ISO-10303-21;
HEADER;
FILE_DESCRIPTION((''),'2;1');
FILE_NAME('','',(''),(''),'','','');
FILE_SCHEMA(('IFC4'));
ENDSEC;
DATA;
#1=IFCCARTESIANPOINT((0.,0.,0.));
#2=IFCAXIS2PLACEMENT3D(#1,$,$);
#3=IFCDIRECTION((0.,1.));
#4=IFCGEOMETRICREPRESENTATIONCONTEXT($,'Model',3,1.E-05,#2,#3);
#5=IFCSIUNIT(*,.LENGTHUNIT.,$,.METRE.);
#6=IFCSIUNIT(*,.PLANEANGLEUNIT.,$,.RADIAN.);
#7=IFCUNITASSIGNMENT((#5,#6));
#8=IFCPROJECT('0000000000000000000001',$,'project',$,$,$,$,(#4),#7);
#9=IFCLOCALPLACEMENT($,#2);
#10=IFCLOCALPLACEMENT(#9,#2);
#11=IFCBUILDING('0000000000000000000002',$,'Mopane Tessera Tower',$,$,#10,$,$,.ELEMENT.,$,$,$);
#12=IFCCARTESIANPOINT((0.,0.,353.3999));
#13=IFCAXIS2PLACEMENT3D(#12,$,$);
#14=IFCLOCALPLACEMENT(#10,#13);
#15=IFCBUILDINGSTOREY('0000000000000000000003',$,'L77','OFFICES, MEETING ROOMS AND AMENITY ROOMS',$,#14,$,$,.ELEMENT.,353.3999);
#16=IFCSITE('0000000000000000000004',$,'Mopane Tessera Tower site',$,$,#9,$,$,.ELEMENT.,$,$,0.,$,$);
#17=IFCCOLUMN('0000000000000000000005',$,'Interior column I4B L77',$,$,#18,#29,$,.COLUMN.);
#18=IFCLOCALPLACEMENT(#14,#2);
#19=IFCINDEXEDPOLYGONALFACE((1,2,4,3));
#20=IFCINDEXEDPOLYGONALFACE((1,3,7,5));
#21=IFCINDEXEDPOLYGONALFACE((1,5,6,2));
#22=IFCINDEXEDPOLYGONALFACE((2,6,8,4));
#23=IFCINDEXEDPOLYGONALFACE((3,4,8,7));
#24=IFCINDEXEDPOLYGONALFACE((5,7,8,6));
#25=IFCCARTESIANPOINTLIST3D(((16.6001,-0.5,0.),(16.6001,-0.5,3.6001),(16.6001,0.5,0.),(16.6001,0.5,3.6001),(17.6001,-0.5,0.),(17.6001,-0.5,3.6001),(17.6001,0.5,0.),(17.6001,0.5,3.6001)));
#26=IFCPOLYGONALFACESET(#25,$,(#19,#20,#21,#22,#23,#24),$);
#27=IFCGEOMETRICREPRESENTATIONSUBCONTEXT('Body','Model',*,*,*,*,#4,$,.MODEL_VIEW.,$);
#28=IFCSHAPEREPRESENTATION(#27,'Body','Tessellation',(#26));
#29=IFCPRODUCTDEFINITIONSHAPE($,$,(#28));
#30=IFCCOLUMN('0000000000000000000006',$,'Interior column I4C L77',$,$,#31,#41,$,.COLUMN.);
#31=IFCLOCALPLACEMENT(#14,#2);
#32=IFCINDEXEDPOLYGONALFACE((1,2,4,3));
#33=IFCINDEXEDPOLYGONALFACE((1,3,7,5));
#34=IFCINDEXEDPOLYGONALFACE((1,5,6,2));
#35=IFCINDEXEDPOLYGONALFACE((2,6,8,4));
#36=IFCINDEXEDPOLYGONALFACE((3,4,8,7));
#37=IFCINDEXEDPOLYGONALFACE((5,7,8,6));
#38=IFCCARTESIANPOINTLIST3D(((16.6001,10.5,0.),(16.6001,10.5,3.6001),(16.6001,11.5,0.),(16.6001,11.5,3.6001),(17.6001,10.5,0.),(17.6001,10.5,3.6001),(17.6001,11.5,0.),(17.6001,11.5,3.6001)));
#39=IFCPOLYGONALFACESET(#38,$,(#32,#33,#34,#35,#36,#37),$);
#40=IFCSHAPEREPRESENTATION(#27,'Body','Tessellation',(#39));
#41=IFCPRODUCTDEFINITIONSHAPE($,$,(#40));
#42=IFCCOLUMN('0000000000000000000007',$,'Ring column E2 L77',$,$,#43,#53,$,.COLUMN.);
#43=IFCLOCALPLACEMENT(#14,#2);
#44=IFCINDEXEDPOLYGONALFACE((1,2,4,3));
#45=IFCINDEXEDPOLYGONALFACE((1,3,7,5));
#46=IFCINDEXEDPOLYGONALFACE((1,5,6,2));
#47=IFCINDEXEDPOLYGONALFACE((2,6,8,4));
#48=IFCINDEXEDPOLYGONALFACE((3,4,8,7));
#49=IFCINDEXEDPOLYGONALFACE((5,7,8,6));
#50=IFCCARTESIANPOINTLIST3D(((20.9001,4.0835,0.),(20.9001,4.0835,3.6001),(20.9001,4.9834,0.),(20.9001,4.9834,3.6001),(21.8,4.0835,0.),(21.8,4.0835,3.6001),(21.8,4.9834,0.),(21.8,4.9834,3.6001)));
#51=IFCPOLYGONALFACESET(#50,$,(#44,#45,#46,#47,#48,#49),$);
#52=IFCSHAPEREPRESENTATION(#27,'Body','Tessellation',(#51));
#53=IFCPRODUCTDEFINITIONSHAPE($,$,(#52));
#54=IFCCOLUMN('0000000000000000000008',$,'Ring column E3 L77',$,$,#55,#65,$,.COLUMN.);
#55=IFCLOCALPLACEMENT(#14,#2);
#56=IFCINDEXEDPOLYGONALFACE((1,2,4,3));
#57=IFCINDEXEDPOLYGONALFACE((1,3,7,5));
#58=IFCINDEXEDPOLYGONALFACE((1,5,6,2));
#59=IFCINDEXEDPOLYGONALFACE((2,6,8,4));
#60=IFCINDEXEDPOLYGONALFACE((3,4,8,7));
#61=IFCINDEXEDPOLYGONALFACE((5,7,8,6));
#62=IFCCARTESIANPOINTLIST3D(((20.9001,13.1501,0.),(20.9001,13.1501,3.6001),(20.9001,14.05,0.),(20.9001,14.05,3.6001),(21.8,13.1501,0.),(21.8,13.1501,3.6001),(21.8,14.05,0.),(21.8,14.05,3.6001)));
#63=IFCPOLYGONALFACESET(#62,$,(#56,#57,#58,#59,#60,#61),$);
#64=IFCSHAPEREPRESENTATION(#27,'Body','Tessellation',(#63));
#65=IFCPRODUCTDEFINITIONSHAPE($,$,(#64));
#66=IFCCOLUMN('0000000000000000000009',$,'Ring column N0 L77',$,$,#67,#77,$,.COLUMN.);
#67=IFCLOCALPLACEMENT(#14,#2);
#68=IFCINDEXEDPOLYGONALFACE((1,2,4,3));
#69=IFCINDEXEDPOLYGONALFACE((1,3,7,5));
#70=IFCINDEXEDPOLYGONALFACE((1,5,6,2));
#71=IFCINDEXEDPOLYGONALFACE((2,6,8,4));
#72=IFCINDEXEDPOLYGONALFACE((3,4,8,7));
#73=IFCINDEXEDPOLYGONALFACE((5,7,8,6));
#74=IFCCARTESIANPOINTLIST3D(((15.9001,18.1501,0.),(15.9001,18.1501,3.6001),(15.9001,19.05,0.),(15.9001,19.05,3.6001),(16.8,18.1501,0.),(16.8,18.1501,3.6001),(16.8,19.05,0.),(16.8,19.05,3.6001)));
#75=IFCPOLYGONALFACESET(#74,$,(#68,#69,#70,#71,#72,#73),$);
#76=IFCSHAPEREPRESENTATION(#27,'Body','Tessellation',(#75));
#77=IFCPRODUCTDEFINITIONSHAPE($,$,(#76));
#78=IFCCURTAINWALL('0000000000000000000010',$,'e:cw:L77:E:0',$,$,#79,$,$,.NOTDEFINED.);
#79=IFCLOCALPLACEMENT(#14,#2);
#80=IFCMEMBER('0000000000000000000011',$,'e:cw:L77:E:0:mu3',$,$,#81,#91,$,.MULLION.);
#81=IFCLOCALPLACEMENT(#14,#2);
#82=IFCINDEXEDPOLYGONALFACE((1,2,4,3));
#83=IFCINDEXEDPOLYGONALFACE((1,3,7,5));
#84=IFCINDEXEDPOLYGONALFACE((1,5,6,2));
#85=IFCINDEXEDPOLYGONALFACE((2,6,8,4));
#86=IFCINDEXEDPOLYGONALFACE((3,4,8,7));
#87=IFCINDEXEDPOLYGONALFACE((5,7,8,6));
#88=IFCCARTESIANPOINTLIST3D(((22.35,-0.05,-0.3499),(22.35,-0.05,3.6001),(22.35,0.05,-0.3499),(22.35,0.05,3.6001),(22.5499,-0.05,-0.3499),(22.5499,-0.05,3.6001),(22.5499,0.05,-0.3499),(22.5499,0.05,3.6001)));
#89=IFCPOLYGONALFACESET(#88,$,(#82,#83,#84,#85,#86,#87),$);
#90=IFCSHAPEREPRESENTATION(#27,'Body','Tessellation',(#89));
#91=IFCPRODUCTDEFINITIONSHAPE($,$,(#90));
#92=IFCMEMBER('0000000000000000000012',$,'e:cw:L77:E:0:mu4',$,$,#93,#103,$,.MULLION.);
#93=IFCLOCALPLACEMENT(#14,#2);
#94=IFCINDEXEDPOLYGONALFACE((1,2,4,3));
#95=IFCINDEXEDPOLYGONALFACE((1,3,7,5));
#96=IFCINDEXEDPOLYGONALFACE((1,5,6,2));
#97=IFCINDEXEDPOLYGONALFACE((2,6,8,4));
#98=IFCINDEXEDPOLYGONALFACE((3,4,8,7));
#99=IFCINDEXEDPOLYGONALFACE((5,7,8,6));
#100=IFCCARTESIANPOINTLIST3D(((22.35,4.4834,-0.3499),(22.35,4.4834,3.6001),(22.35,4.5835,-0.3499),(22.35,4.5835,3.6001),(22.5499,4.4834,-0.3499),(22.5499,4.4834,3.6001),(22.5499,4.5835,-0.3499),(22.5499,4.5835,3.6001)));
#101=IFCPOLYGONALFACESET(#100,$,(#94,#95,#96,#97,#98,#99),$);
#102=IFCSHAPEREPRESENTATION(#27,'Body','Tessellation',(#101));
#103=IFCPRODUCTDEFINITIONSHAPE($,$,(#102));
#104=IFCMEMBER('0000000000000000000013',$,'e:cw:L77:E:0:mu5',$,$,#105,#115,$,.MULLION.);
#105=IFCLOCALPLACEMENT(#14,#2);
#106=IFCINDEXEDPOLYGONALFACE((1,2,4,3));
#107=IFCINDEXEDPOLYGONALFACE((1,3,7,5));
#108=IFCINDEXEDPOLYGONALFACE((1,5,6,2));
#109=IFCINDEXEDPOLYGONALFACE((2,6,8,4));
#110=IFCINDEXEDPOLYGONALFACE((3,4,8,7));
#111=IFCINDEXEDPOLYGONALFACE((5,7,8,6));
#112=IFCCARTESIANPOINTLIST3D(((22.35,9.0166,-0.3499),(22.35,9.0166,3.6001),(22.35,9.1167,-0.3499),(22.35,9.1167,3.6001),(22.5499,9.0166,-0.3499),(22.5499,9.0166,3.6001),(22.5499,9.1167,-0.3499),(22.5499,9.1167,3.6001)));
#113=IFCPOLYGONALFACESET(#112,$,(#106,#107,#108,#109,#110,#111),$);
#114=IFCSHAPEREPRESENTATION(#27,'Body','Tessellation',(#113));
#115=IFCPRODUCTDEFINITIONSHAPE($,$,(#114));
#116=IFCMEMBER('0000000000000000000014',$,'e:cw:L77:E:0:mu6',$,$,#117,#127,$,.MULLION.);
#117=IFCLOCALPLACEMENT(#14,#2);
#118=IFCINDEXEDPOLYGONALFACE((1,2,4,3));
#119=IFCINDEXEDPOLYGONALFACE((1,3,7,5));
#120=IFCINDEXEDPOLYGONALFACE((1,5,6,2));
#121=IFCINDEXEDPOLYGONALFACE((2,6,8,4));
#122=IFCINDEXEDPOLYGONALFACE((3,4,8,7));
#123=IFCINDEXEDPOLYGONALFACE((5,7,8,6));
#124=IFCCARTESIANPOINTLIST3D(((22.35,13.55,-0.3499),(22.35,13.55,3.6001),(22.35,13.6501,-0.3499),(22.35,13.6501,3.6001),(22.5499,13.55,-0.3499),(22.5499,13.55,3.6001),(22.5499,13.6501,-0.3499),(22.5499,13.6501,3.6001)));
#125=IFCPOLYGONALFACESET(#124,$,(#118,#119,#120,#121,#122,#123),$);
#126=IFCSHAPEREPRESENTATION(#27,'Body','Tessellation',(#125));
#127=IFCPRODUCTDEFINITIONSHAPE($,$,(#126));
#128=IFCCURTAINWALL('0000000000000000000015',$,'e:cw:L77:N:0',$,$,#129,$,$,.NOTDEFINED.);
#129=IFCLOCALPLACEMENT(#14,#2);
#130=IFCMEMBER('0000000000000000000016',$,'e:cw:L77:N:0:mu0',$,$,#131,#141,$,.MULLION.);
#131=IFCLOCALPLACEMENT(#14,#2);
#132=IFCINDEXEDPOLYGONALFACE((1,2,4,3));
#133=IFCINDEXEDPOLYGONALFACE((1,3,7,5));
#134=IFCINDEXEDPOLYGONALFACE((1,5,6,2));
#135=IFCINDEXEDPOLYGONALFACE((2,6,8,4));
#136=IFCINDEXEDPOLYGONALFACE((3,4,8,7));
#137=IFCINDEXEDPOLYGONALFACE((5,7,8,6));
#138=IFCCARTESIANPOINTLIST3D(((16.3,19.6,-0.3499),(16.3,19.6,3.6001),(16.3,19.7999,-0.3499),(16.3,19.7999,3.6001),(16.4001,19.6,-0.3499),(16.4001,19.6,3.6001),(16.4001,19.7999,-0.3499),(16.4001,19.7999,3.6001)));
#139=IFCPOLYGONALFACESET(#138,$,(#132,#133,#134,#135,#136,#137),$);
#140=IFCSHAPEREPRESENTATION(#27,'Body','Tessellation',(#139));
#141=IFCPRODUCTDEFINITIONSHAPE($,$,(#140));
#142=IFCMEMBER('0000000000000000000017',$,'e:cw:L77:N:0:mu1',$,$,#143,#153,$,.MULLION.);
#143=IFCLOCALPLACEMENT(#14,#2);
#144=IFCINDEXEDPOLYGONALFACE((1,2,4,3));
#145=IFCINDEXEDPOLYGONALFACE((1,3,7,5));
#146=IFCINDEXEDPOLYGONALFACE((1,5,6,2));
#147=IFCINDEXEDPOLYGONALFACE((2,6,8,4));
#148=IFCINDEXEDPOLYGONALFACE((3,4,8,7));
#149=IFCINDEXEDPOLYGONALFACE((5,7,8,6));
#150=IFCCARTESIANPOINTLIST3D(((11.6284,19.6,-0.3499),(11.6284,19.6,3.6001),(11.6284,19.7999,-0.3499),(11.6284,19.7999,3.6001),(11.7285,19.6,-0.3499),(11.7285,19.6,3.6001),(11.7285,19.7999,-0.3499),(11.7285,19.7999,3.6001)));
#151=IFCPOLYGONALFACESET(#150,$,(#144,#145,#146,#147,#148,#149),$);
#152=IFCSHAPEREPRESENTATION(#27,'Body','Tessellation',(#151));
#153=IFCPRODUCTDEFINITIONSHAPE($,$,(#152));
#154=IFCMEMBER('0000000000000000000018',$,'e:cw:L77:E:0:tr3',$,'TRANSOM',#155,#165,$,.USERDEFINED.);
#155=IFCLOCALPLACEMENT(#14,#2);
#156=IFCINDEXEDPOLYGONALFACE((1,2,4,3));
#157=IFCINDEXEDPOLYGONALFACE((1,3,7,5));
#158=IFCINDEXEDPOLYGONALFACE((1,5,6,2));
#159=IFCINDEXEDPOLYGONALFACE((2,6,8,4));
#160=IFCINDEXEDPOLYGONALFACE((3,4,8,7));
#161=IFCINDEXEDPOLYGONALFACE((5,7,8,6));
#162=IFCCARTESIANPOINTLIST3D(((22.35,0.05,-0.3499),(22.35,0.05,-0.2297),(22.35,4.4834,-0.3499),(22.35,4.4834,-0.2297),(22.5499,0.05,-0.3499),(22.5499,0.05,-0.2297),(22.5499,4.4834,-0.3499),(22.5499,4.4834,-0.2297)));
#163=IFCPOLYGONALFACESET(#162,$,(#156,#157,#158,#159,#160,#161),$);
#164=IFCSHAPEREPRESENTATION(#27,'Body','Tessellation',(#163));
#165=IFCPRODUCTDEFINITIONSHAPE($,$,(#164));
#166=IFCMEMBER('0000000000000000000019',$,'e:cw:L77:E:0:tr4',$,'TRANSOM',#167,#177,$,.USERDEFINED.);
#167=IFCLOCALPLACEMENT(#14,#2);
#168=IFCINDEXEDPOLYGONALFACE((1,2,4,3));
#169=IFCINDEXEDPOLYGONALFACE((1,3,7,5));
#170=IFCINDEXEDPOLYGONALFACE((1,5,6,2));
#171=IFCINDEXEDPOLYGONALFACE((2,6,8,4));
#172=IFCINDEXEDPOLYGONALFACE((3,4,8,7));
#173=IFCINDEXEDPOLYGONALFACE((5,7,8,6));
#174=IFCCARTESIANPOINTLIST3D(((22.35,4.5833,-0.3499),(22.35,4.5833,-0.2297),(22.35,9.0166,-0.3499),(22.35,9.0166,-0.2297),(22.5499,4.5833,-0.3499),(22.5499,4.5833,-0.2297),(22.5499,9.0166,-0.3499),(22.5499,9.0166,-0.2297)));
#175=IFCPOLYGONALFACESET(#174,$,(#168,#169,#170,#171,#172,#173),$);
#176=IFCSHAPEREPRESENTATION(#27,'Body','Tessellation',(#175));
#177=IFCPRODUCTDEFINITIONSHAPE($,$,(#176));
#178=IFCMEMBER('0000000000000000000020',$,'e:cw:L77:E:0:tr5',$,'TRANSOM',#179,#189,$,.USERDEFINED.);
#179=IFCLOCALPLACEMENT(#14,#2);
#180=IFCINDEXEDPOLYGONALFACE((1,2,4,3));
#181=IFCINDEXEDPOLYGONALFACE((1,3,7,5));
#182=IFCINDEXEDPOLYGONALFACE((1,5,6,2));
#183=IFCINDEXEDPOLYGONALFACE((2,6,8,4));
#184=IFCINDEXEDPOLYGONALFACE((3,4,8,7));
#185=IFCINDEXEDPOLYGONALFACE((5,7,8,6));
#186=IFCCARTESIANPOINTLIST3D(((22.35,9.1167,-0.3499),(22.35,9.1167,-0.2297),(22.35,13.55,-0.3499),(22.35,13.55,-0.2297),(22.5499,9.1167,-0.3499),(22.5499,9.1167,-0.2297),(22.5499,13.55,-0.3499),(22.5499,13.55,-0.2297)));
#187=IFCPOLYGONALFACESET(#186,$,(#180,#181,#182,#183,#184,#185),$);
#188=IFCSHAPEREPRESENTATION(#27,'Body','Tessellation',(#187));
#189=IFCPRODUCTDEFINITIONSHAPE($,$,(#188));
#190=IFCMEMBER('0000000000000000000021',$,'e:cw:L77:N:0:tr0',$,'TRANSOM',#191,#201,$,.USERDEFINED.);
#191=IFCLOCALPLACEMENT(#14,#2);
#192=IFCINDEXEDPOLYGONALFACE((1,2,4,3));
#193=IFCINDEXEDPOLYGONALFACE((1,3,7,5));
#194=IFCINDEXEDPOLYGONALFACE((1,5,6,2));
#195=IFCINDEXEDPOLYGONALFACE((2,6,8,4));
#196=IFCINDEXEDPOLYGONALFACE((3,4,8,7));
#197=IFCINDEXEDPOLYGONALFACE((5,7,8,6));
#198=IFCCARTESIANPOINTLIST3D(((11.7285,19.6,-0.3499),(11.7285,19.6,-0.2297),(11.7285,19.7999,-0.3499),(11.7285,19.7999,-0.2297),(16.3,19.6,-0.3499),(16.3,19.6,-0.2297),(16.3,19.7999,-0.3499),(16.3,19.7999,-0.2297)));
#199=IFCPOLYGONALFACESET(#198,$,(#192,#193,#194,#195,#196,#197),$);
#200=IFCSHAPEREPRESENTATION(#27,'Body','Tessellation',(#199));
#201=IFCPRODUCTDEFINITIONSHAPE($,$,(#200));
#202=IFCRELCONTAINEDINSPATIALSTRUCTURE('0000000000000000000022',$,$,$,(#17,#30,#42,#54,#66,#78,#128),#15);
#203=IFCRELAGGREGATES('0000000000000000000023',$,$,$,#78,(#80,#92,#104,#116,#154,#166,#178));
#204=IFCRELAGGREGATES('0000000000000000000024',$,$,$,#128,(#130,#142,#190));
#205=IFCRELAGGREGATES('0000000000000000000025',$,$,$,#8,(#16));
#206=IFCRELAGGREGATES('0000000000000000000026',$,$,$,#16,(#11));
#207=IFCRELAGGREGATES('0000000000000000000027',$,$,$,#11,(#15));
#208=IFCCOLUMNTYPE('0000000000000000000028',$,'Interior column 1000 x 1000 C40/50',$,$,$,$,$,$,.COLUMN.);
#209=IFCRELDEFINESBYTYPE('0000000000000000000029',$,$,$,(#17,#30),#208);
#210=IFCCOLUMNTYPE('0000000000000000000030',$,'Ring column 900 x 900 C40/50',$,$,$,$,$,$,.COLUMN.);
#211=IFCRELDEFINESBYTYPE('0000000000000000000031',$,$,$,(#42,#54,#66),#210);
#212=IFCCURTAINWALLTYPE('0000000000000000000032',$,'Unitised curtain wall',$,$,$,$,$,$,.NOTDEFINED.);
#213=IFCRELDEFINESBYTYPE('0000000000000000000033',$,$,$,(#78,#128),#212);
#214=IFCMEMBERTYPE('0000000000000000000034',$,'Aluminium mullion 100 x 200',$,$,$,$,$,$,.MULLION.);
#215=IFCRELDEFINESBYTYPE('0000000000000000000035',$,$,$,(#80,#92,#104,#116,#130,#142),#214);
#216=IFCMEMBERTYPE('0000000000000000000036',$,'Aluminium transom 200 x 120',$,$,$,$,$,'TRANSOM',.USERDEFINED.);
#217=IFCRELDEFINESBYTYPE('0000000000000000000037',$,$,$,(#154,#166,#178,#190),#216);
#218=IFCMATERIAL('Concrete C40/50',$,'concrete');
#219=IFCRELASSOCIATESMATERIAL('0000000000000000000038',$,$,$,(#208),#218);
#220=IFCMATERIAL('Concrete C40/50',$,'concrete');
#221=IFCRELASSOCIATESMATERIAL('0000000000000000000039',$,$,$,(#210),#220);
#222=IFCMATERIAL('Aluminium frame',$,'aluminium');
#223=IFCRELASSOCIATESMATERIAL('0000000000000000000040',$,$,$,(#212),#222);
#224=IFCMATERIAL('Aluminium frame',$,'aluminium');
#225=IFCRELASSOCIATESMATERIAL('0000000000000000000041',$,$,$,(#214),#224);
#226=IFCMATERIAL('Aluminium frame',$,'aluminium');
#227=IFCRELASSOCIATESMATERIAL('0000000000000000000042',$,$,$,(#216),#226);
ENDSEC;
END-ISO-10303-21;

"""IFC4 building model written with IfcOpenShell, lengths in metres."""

from ifc_helpers import new_model, si_unit, direction, frame, origin, origin_2d, place, context, subcontext, project, spatial, rectangle, extrude, material, material_profile, profile_set, type_object, element, aggregate, save


model = new_model("IFC4")

# Units and contexts
model_context = context("Model", 3, precision=1e-05, world=origin(), true_north=direction((0.0, 1.0)))
body_context = subcontext(model_context, "Body", "Model", "MODEL_VIEW")
ifc_project = project(units=[si_unit("LENGTHUNIT", "METRE"), si_unit("PLANEANGLEUNIT", "RADIAN")], contexts=[model_context])

# Site, building, storey
site_placement = place(None, origin())
site = spatial("IfcSite", under=ifc_project, at=site_placement, Name="Mopane Tessera Tower site", CompositionType="ELEMENT", RefElevation=0.0)
building_placement = place(site_placement, origin())
building = spatial("IfcBuilding", under=site, at=building_placement, Name="Mopane Tessera Tower", CompositionType="ELEMENT")
storey_placement = place(building_placement, frame((0.0, 0.0, 353.3999)))
storey = spatial("IfcBuildingStorey", under=building, at=storey_placement, Name="L77", Description="OFFICES, MEETING ROOMS AND AMENITY ROOMS", CompositionType="ELEMENT", Elevation=353.3999)

# Columns
ifc_material_1 = material(Name="Concrete C40/50", Category="concrete")
ifc_material_profile_1 = material_profile(ifc_material_1, rectangle(XDim=1.0, YDim=1.0, at=origin_2d()))
ifc_profile_set_1 = profile_set([ifc_material_profile_1], Name="Concrete C40/50")
column_type_1 = type_object("IfcColumnType", Name="Interior column 1000 x 1000 C40/50", PredefinedType="COLUMN", material=ifc_profile_set_1)
for number, where, z_axis, x_axis, name in (
    (1, (17.1001, 0.0, 0.0), (0.0, 0.0, 1.0), (1.0, 0.0, 0.0), "Interior column I4B L77"),
    (2, (17.1001, 11.0, 0.0), (0.0, 0.0, 1.0), (1.0, 0.0, 0.0), "Interior column I4C L77"),
):
    element("IfcColumn", number, at=place(storey_placement, frame(where, z_axis=z_axis, x_axis=x_axis)), inside=storey, type_object=column_type_1, Name=name, PredefinedType="COLUMN", context=body_context, shape_type="SweptSolid", body=[
        extrude(rectangle(XDim=1.0, YDim=1.0, at=origin_2d()), origin(), (0.0, 0.0, 1.0), 3.6001),
    ])
ifc_material_2 = material(Name="Concrete C40/50", Category="concrete")
ifc_material_profile_2 = material_profile(ifc_material_2, rectangle(XDim=0.8999, YDim=0.8999, at=origin_2d()))
ifc_profile_set_2 = profile_set([ifc_material_profile_2], Name="Concrete C40/50")
column_type_2 = type_object("IfcColumnType", Name="Ring column 900 x 900 C40/50", PredefinedType="COLUMN", material=ifc_profile_set_2)
for number, where, z_axis, x_axis, name in (
    (3, (21.3501, 4.5334, 0.0), (0.0, 0.0, 1.0), (1.0, 0.0, 0.0), "Ring column E2 L77"),
    (4, (21.3501, 13.6001, 0.0), (0.0, 0.0, 1.0), (1.0, 0.0, 0.0), "Ring column E3 L77"),
    (5, (16.3501, 18.6001, 0.0), (0.0, 0.0, 1.0), (1.0, 0.0, 0.0), "Ring column N0 L77"),
):
    element("IfcColumn", number, at=place(storey_placement, frame(where, z_axis=z_axis, x_axis=x_axis)), inside=storey, type_object=column_type_2, Name=name, PredefinedType="COLUMN", context=body_context, shape_type="SweptSolid", body=[
        extrude(rectangle(XDim=0.8999, YDim=0.8999, at=origin_2d()), origin(), (0.0, 0.0, 1.0), 3.6001),
    ])

# Curtain walls, members
ifc_material_3 = material(Name="Aluminium frame", Category="aluminium")
curtain_wall_type = type_object("IfcCurtainWallType", Name="Unitised curtain wall", PredefinedType="NOTDEFINED", material=ifc_material_3)
curtain_wall_1_placement = place(storey_placement, origin())
curtain_wall_1 = element("IfcCurtainWall", 6, at=curtain_wall_1_placement, inside=storey, type_object=curtain_wall_type, Name="e:cw:L77:E:0", PredefinedType="NOTDEFINED")
ifc_material_4 = material(Name="Aluminium frame", Category="aluminium")
ifc_material_profile_3 = material_profile(ifc_material_4, rectangle(XDim=0.1001, YDim=0.2, at=origin_2d()))
ifc_profile_set_3 = profile_set([ifc_material_profile_3], Name="Aluminium frame")
member_type_1 = type_object("IfcMemberType", Name="Aluminium mullion 100 x 200", PredefinedType="MULLION", material=ifc_profile_set_3)
member_1_placement = place(storey_placement, frame((22.45, 0.0, -0.3499), z_axis=(0.0, 0.0, 1.0), x_axis=(0.0, 1.0, 0.0)))
member_1 = element("IfcMember", 7, at=member_1_placement, type_object=member_type_1, Name="e:cw:L77:E:0:mu3", PredefinedType="MULLION", context=body_context, shape_type="SweptSolid", body=[
    extrude(rectangle(XDim=0.1001, YDim=0.2, at=origin_2d()), origin(), (0.0, 0.0, 1.0), 3.95),
])
member_2_placement = place(storey_placement, frame((22.45, 4.5334, -0.3499), z_axis=(0.0, 0.0, 1.0), x_axis=(0.0, 1.0, 0.0)))
member_2 = element("IfcMember", 8, at=member_2_placement, type_object=member_type_1, Name="e:cw:L77:E:0:mu4", PredefinedType="MULLION", context=body_context, shape_type="SweptSolid", body=[
    extrude(rectangle(XDim=0.1001, YDim=0.2, at=origin_2d()), origin(), (0.0, 0.0, 1.0), 3.95),
])
member_3_placement = place(storey_placement, frame((22.45, 9.0667, -0.3499), z_axis=(0.0, 0.0, 1.0), x_axis=(0.0, 1.0, 0.0)))
member_3 = element("IfcMember", 9, at=member_3_placement, type_object=member_type_1, Name="e:cw:L77:E:0:mu5", PredefinedType="MULLION", context=body_context, shape_type="SweptSolid", body=[
    extrude(rectangle(XDim=0.1001, YDim=0.2, at=origin_2d()), origin(), (0.0, 0.0, 1.0), 3.95),
])
member_4_placement = place(storey_placement, frame((22.45, 13.6001, -0.3499), z_axis=(0.0, 0.0, 1.0), x_axis=(0.0, 1.0, 0.0)))
member_4 = element("IfcMember", 10, at=member_4_placement, type_object=member_type_1, Name="e:cw:L77:E:0:mu6", PredefinedType="MULLION", context=body_context, shape_type="SweptSolid", body=[
    extrude(rectangle(XDim=0.1001, YDim=0.2, at=origin_2d()), origin(), (0.0, 0.0, 1.0), 3.95),
])
curtain_wall_2_placement = place(storey_placement, origin())
curtain_wall_2 = element("IfcCurtainWall", 11, at=curtain_wall_2_placement, inside=storey, type_object=curtain_wall_type, Name="e:cw:L77:N:0", PredefinedType="NOTDEFINED")
member_5_placement = place(storey_placement, frame((16.3501, 19.7, -0.3499), z_axis=(0.0, 0.0, 1.0), x_axis=(-1.0, 0.0, 0.0)))
member_5 = element("IfcMember", 12, at=member_5_placement, type_object=member_type_1, Name="e:cw:L77:N:0:mu0", PredefinedType="MULLION", context=body_context, shape_type="SweptSolid", body=[
    extrude(rectangle(XDim=0.1001, YDim=0.2, at=origin_2d()), origin(), (0.0, 0.0, 1.0), 3.95),
])
member_6_placement = place(storey_placement, frame((11.6785, 19.7, -0.3499), z_axis=(0.0, 0.0, 1.0), x_axis=(-1.0, 0.0, 0.0)))
member_6 = element("IfcMember", 13, at=member_6_placement, type_object=member_type_1, Name="e:cw:L77:N:0:mu1", PredefinedType="MULLION", context=body_context, shape_type="SweptSolid", body=[
    extrude(rectangle(XDim=0.1001, YDim=0.2, at=origin_2d()), origin(), (0.0, 0.0, 1.0), 3.95),
])

# Members
ifc_material_5 = material(Name="Aluminium frame", Category="aluminium")
ifc_material_profile_4 = material_profile(ifc_material_5, rectangle(XDim=0.2, YDim=0.1201, at=origin_2d()))
ifc_profile_set_4 = profile_set([ifc_material_profile_4], Name="Aluminium frame")
member_type_2 = type_object("IfcMemberType", Name="Aluminium transom 200 x 120", ElementType="TRANSOM", PredefinedType="USERDEFINED", material=ifc_profile_set_4)
member_7_placement = place(storey_placement, frame((22.45, 0.05, -0.2898), z_axis=(0.0, 1.0, 0.0), x_axis=(-1.0, 0.0, 0.0)))
member_7 = element("IfcMember", 14, at=member_7_placement, type_object=member_type_2, Name="e:cw:L77:E:0:tr3", ObjectType="TRANSOM", PredefinedType="USERDEFINED", context=body_context, shape_type="SweptSolid", body=[
    extrude(rectangle(XDim=0.2, YDim=0.1201, at=origin_2d()), origin(), (0.0, 0.0, 1.0), 4.4333),
])
member_8_placement = place(storey_placement, frame((22.45, 4.5833, -0.2898), z_axis=(0.0, 1.0, 0.0), x_axis=(-1.0, 0.0, 0.0)))
member_8 = element("IfcMember", 15, at=member_8_placement, type_object=member_type_2, Name="e:cw:L77:E:0:tr4", ObjectType="TRANSOM", PredefinedType="USERDEFINED", context=body_context, shape_type="SweptSolid", body=[
    extrude(rectangle(XDim=0.2, YDim=0.1201, at=origin_2d()), origin(), (0.0, 0.0, 1.0), 4.4333),
])
member_9_placement = place(storey_placement, frame((22.45, 9.1167, -0.2898), z_axis=(0.0, 1.0, 0.0), x_axis=(-1.0, 0.0, 0.0)))
member_9 = element("IfcMember", 16, at=member_9_placement, type_object=member_type_2, Name="e:cw:L77:E:0:tr5", ObjectType="TRANSOM", PredefinedType="USERDEFINED", context=body_context, shape_type="SweptSolid", body=[
    extrude(rectangle(XDim=0.2, YDim=0.1201, at=origin_2d()), origin(), (0.0, 0.0, 1.0), 4.4333),
])
member_10_placement = place(storey_placement, frame((16.3, 19.7, -0.2898), z_axis=(-1.0, 0.0, 0.0), x_axis=(0.0, -1.0, 0.0)))
member_10 = element("IfcMember", 17, at=member_10_placement, type_object=member_type_2, Name="e:cw:L77:N:0:tr0", ObjectType="TRANSOM", PredefinedType="USERDEFINED", context=body_context, shape_type="SweptSolid", body=[
    extrude(rectangle(XDim=0.2, YDim=0.1201, at=origin_2d()), origin(), (0.0, 0.0, 1.0), 4.5715),
])

aggregate(curtain_wall_1, [member_1, member_2, member_3, member_4, member_7, member_8, member_9])
aggregate(curtain_wall_2, [member_5, member_6, member_10])

save(model, "model.ifc")
